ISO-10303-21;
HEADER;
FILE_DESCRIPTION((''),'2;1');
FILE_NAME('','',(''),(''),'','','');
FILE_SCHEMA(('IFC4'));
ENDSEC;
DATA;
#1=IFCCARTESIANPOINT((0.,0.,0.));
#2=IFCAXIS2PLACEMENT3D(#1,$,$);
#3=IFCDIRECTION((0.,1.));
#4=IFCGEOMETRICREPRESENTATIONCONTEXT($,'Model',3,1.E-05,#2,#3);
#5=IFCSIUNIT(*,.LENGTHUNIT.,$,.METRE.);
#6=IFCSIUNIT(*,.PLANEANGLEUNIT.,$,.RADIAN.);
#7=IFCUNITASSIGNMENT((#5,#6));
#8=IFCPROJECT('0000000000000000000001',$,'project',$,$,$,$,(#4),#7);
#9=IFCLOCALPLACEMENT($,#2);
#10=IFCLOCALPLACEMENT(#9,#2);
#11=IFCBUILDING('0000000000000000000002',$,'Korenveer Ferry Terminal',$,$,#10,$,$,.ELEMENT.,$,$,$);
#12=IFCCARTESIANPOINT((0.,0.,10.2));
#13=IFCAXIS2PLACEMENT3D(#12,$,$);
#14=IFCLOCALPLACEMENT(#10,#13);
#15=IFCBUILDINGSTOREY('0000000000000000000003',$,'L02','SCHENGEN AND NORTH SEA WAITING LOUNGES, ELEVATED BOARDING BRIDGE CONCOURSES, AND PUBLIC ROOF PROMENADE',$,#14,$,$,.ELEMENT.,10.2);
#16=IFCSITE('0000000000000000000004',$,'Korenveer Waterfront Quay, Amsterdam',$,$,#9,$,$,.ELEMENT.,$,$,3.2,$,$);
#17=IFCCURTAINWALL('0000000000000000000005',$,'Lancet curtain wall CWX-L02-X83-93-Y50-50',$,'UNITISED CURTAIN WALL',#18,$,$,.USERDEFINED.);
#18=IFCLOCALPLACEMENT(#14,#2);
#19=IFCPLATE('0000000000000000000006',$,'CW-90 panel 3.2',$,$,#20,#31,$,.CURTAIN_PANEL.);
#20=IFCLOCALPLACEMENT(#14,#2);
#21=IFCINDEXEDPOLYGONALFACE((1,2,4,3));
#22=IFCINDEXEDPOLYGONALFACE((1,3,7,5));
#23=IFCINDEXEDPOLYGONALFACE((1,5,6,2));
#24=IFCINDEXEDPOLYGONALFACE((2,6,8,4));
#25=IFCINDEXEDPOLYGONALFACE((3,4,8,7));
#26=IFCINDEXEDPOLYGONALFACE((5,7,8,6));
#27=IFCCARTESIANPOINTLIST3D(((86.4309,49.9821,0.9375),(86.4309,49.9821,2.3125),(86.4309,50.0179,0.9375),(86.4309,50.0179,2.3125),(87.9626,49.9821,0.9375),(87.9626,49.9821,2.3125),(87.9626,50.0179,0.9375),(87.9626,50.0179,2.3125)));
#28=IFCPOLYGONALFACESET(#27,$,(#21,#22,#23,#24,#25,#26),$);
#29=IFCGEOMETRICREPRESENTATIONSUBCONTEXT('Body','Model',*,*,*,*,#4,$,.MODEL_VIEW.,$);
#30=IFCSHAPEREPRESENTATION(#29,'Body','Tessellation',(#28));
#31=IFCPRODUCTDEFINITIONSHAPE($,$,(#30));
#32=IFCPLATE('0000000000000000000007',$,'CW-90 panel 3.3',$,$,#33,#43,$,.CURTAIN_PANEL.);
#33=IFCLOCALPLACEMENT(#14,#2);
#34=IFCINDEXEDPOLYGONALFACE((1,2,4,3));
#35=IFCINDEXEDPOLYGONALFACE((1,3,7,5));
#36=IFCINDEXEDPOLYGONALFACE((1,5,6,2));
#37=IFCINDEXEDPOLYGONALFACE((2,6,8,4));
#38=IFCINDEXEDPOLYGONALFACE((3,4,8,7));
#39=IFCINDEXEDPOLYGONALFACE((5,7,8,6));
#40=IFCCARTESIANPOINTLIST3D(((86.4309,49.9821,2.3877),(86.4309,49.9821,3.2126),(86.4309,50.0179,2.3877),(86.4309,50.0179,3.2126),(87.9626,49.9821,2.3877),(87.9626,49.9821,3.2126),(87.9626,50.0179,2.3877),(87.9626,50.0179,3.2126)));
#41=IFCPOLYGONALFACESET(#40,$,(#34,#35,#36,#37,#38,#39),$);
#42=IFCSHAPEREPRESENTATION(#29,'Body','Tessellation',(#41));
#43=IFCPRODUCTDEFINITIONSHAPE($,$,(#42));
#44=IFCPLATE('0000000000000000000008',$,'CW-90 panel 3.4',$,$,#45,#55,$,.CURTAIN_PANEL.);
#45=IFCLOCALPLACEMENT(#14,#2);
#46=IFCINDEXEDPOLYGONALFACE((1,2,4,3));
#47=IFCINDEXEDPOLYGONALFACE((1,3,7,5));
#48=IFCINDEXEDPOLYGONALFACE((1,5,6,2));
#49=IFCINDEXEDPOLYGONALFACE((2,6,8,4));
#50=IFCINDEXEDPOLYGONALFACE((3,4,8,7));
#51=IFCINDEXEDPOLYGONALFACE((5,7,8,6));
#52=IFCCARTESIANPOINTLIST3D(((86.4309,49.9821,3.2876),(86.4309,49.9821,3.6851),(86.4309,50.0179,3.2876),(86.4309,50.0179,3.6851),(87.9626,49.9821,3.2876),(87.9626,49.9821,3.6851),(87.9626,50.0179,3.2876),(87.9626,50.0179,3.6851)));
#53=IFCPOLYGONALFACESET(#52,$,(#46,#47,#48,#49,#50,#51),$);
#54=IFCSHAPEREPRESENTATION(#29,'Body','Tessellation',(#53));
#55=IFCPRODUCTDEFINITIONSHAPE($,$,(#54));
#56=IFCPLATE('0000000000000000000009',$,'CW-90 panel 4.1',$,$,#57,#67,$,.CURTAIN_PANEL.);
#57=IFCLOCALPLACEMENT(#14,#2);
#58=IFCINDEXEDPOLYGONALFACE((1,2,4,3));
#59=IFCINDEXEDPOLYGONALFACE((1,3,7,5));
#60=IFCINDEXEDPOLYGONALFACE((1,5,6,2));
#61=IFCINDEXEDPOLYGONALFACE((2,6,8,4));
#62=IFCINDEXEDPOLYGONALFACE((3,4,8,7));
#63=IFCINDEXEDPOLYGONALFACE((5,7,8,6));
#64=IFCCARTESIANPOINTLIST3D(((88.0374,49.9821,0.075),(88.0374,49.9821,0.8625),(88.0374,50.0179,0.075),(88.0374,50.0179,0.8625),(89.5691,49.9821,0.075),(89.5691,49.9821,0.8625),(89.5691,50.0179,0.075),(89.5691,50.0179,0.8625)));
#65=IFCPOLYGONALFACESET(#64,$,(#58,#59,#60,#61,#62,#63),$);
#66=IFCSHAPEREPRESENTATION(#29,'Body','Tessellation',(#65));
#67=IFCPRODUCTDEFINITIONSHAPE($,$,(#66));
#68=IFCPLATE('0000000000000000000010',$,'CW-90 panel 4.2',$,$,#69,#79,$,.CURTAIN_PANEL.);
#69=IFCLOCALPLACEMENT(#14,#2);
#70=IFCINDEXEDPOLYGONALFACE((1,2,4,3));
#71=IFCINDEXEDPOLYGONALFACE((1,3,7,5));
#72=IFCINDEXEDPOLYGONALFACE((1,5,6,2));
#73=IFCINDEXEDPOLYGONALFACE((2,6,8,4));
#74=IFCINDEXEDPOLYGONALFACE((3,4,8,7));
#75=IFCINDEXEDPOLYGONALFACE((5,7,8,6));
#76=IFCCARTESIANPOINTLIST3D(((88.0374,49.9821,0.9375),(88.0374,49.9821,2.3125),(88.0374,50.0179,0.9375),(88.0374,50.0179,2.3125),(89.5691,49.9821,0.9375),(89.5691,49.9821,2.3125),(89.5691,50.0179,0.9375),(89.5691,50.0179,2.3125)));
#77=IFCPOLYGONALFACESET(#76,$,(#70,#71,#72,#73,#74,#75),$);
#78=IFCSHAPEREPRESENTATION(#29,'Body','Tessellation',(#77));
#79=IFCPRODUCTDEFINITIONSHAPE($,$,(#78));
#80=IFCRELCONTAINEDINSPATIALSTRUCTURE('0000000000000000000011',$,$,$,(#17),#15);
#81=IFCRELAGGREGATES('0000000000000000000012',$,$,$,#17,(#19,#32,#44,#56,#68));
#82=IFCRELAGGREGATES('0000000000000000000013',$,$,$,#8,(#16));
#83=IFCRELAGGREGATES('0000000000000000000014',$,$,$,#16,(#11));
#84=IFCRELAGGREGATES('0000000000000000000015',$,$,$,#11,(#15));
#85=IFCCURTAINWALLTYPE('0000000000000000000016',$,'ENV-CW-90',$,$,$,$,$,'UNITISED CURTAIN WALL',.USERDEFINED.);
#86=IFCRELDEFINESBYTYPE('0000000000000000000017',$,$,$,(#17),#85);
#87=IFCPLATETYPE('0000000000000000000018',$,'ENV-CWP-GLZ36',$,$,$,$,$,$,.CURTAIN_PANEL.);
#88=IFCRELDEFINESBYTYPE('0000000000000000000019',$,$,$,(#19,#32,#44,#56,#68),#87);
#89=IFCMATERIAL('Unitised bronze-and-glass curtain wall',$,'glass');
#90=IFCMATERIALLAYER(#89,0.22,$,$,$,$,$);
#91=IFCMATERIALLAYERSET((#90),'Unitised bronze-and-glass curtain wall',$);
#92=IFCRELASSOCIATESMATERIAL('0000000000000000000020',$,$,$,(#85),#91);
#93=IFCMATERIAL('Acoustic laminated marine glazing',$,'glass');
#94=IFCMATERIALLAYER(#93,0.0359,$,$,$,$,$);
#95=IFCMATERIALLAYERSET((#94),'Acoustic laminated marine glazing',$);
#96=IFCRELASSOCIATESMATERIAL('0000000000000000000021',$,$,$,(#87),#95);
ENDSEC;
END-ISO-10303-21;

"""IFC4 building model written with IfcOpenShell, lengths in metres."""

from ifc_helpers import new_model, si_unit, direction, frame, origin, origin_2d, place, context, subcontext, project, spatial, rectangle, extrude, material, layer, layer_set, type_object, element, aggregate, save


model = new_model("IFC4")

# Units and contexts
model_context = context("Model", 3, precision=1e-05, world=origin(), true_north=direction((0.0, 1.0)))
body_context = subcontext(model_context, "Body", "Model", "MODEL_VIEW")
ifc_project = project(units=[si_unit("LENGTHUNIT", "METRE"), si_unit("PLANEANGLEUNIT", "RADIAN")], contexts=[model_context])

# Site, building, storey
site_placement = place(None, origin())
site = spatial("IfcSite", under=ifc_project, at=site_placement, Name="Korenveer Waterfront Quay, Amsterdam", CompositionType="ELEMENT", RefElevation=3.2)
building_placement = place(site_placement, origin())
building = spatial("IfcBuilding", under=site, at=building_placement, Name="Korenveer Ferry Terminal", CompositionType="ELEMENT")
storey_placement = place(building_placement, frame((0.0, 0.0, 10.2)))
storey = spatial("IfcBuildingStorey", under=building, at=storey_placement, Name="L02", Description="SCHENGEN AND NORTH SEA WAITING LOUNGES, ELEVATED BOARDING BRIDGE CONCOURSES, AND PUBLIC ROOF PROMENADE", CompositionType="ELEMENT", Elevation=10.2)

# Curtain wall, plates
ifc_material_1 = material(Name="Unitised bronze-and-glass curtain wall", Category="glass")
ifc_layer_1 = layer(ifc_material_1, 0.22)
ifc_layer_set_1 = layer_set([ifc_layer_1], Name="Unitised bronze-and-glass curtain wall")
curtain_wall_type = type_object("IfcCurtainWallType", Name="ENV-CW-90", ElementType="UNITISED CURTAIN WALL", PredefinedType="USERDEFINED", material=ifc_layer_set_1)
curtain_wall_placement = place(storey_placement, frame((83.1799, 50.0, 0.0)))
curtain_wall = element("IfcCurtainWall", 1, at=curtain_wall_placement, inside=storey, type_object=curtain_wall_type, Name="Lancet curtain wall CWX-L02-X83-93-Y50-50", ObjectType="UNITISED CURTAIN WALL", PredefinedType="USERDEFINED")
ifc_material_2 = material(Name="Acoustic laminated marine glazing", Category="glass")
ifc_layer_2 = layer(ifc_material_2, 0.0359)
ifc_layer_set_2 = layer_set([ifc_layer_2], Name="Acoustic laminated marine glazing")
plate_type = type_object("IfcPlateType", Name="ENV-CWP-GLZ36", PredefinedType="CURTAIN_PANEL", material=ifc_layer_set_2)
plate_1_placement = place(storey_placement, frame((87.1968, 50.0, 0.9375), z_axis=(0.0, 0.0, 1.0), x_axis=(1.0, 0.0, 0.0)))
plate_1 = element("IfcPlate", 2, at=plate_1_placement, type_object=plate_type, Name="CW-90 panel 3.2", PredefinedType="CURTAIN_PANEL", context=body_context, shape_type="SweptSolid", body=[
    extrude(rectangle(XDim=1.5317, YDim=0.0359, at=origin_2d()), origin(), (0.0, 0.0, 1.0), 1.375),
])
plate_2_placement = place(storey_placement, frame((87.1968, 50.0, 2.3877), z_axis=(0.0, 0.0, 1.0), x_axis=(1.0, 0.0, 0.0)))
plate_2 = element("IfcPlate", 3, at=plate_2_placement, type_object=plate_type, Name="CW-90 panel 3.3", PredefinedType="CURTAIN_PANEL", context=body_context, shape_type="SweptSolid", body=[
    extrude(rectangle(XDim=1.5317, YDim=0.0359, at=origin_2d()), origin(), (0.0, 0.0, 1.0), 0.825),
])
plate_3_placement = place(storey_placement, frame((87.1968, 50.0, 3.2876), z_axis=(0.0, 0.0, 1.0), x_axis=(1.0, 0.0, 0.0)))
plate_3 = element("IfcPlate", 4, at=plate_3_placement, type_object=plate_type, Name="CW-90 panel 3.4", PredefinedType="CURTAIN_PANEL", context=body_context, shape_type="SweptSolid", body=[
    extrude(rectangle(XDim=1.5317, YDim=0.0359, at=origin_2d()), origin(), (0.0, 0.0, 1.0), 0.3975),
])
plate_4_placement = place(storey_placement, frame((88.8032, 50.0, 0.075), z_axis=(0.0, 0.0, 1.0), x_axis=(1.0, 0.0, 0.0)))
plate_4 = element("IfcPlate", 5, at=plate_4_placement, type_object=plate_type, Name="CW-90 panel 4.1", PredefinedType="CURTAIN_PANEL", context=body_context, shape_type="SweptSolid", body=[
    extrude(rectangle(XDim=1.5317, YDim=0.0359, at=origin_2d()), origin(), (0.0, 0.0, 1.0), 0.7876),
])
plate_5_placement = place(storey_placement, frame((88.8032, 50.0, 0.9375), z_axis=(0.0, 0.0, 1.0), x_axis=(1.0, 0.0, 0.0)))
plate_5 = element("IfcPlate", 6, at=plate_5_placement, type_object=plate_type, Name="CW-90 panel 4.2", PredefinedType="CURTAIN_PANEL", context=body_context, shape_type="SweptSolid", body=[
    extrude(rectangle(XDim=1.5317, YDim=0.0359, at=origin_2d()), origin(), (0.0, 0.0, 1.0), 1.375),
])
aggregate(curtain_wall, [plate_1, plate_2, plate_3, plate_4, plate_5])

save(model, "model.ifc")
